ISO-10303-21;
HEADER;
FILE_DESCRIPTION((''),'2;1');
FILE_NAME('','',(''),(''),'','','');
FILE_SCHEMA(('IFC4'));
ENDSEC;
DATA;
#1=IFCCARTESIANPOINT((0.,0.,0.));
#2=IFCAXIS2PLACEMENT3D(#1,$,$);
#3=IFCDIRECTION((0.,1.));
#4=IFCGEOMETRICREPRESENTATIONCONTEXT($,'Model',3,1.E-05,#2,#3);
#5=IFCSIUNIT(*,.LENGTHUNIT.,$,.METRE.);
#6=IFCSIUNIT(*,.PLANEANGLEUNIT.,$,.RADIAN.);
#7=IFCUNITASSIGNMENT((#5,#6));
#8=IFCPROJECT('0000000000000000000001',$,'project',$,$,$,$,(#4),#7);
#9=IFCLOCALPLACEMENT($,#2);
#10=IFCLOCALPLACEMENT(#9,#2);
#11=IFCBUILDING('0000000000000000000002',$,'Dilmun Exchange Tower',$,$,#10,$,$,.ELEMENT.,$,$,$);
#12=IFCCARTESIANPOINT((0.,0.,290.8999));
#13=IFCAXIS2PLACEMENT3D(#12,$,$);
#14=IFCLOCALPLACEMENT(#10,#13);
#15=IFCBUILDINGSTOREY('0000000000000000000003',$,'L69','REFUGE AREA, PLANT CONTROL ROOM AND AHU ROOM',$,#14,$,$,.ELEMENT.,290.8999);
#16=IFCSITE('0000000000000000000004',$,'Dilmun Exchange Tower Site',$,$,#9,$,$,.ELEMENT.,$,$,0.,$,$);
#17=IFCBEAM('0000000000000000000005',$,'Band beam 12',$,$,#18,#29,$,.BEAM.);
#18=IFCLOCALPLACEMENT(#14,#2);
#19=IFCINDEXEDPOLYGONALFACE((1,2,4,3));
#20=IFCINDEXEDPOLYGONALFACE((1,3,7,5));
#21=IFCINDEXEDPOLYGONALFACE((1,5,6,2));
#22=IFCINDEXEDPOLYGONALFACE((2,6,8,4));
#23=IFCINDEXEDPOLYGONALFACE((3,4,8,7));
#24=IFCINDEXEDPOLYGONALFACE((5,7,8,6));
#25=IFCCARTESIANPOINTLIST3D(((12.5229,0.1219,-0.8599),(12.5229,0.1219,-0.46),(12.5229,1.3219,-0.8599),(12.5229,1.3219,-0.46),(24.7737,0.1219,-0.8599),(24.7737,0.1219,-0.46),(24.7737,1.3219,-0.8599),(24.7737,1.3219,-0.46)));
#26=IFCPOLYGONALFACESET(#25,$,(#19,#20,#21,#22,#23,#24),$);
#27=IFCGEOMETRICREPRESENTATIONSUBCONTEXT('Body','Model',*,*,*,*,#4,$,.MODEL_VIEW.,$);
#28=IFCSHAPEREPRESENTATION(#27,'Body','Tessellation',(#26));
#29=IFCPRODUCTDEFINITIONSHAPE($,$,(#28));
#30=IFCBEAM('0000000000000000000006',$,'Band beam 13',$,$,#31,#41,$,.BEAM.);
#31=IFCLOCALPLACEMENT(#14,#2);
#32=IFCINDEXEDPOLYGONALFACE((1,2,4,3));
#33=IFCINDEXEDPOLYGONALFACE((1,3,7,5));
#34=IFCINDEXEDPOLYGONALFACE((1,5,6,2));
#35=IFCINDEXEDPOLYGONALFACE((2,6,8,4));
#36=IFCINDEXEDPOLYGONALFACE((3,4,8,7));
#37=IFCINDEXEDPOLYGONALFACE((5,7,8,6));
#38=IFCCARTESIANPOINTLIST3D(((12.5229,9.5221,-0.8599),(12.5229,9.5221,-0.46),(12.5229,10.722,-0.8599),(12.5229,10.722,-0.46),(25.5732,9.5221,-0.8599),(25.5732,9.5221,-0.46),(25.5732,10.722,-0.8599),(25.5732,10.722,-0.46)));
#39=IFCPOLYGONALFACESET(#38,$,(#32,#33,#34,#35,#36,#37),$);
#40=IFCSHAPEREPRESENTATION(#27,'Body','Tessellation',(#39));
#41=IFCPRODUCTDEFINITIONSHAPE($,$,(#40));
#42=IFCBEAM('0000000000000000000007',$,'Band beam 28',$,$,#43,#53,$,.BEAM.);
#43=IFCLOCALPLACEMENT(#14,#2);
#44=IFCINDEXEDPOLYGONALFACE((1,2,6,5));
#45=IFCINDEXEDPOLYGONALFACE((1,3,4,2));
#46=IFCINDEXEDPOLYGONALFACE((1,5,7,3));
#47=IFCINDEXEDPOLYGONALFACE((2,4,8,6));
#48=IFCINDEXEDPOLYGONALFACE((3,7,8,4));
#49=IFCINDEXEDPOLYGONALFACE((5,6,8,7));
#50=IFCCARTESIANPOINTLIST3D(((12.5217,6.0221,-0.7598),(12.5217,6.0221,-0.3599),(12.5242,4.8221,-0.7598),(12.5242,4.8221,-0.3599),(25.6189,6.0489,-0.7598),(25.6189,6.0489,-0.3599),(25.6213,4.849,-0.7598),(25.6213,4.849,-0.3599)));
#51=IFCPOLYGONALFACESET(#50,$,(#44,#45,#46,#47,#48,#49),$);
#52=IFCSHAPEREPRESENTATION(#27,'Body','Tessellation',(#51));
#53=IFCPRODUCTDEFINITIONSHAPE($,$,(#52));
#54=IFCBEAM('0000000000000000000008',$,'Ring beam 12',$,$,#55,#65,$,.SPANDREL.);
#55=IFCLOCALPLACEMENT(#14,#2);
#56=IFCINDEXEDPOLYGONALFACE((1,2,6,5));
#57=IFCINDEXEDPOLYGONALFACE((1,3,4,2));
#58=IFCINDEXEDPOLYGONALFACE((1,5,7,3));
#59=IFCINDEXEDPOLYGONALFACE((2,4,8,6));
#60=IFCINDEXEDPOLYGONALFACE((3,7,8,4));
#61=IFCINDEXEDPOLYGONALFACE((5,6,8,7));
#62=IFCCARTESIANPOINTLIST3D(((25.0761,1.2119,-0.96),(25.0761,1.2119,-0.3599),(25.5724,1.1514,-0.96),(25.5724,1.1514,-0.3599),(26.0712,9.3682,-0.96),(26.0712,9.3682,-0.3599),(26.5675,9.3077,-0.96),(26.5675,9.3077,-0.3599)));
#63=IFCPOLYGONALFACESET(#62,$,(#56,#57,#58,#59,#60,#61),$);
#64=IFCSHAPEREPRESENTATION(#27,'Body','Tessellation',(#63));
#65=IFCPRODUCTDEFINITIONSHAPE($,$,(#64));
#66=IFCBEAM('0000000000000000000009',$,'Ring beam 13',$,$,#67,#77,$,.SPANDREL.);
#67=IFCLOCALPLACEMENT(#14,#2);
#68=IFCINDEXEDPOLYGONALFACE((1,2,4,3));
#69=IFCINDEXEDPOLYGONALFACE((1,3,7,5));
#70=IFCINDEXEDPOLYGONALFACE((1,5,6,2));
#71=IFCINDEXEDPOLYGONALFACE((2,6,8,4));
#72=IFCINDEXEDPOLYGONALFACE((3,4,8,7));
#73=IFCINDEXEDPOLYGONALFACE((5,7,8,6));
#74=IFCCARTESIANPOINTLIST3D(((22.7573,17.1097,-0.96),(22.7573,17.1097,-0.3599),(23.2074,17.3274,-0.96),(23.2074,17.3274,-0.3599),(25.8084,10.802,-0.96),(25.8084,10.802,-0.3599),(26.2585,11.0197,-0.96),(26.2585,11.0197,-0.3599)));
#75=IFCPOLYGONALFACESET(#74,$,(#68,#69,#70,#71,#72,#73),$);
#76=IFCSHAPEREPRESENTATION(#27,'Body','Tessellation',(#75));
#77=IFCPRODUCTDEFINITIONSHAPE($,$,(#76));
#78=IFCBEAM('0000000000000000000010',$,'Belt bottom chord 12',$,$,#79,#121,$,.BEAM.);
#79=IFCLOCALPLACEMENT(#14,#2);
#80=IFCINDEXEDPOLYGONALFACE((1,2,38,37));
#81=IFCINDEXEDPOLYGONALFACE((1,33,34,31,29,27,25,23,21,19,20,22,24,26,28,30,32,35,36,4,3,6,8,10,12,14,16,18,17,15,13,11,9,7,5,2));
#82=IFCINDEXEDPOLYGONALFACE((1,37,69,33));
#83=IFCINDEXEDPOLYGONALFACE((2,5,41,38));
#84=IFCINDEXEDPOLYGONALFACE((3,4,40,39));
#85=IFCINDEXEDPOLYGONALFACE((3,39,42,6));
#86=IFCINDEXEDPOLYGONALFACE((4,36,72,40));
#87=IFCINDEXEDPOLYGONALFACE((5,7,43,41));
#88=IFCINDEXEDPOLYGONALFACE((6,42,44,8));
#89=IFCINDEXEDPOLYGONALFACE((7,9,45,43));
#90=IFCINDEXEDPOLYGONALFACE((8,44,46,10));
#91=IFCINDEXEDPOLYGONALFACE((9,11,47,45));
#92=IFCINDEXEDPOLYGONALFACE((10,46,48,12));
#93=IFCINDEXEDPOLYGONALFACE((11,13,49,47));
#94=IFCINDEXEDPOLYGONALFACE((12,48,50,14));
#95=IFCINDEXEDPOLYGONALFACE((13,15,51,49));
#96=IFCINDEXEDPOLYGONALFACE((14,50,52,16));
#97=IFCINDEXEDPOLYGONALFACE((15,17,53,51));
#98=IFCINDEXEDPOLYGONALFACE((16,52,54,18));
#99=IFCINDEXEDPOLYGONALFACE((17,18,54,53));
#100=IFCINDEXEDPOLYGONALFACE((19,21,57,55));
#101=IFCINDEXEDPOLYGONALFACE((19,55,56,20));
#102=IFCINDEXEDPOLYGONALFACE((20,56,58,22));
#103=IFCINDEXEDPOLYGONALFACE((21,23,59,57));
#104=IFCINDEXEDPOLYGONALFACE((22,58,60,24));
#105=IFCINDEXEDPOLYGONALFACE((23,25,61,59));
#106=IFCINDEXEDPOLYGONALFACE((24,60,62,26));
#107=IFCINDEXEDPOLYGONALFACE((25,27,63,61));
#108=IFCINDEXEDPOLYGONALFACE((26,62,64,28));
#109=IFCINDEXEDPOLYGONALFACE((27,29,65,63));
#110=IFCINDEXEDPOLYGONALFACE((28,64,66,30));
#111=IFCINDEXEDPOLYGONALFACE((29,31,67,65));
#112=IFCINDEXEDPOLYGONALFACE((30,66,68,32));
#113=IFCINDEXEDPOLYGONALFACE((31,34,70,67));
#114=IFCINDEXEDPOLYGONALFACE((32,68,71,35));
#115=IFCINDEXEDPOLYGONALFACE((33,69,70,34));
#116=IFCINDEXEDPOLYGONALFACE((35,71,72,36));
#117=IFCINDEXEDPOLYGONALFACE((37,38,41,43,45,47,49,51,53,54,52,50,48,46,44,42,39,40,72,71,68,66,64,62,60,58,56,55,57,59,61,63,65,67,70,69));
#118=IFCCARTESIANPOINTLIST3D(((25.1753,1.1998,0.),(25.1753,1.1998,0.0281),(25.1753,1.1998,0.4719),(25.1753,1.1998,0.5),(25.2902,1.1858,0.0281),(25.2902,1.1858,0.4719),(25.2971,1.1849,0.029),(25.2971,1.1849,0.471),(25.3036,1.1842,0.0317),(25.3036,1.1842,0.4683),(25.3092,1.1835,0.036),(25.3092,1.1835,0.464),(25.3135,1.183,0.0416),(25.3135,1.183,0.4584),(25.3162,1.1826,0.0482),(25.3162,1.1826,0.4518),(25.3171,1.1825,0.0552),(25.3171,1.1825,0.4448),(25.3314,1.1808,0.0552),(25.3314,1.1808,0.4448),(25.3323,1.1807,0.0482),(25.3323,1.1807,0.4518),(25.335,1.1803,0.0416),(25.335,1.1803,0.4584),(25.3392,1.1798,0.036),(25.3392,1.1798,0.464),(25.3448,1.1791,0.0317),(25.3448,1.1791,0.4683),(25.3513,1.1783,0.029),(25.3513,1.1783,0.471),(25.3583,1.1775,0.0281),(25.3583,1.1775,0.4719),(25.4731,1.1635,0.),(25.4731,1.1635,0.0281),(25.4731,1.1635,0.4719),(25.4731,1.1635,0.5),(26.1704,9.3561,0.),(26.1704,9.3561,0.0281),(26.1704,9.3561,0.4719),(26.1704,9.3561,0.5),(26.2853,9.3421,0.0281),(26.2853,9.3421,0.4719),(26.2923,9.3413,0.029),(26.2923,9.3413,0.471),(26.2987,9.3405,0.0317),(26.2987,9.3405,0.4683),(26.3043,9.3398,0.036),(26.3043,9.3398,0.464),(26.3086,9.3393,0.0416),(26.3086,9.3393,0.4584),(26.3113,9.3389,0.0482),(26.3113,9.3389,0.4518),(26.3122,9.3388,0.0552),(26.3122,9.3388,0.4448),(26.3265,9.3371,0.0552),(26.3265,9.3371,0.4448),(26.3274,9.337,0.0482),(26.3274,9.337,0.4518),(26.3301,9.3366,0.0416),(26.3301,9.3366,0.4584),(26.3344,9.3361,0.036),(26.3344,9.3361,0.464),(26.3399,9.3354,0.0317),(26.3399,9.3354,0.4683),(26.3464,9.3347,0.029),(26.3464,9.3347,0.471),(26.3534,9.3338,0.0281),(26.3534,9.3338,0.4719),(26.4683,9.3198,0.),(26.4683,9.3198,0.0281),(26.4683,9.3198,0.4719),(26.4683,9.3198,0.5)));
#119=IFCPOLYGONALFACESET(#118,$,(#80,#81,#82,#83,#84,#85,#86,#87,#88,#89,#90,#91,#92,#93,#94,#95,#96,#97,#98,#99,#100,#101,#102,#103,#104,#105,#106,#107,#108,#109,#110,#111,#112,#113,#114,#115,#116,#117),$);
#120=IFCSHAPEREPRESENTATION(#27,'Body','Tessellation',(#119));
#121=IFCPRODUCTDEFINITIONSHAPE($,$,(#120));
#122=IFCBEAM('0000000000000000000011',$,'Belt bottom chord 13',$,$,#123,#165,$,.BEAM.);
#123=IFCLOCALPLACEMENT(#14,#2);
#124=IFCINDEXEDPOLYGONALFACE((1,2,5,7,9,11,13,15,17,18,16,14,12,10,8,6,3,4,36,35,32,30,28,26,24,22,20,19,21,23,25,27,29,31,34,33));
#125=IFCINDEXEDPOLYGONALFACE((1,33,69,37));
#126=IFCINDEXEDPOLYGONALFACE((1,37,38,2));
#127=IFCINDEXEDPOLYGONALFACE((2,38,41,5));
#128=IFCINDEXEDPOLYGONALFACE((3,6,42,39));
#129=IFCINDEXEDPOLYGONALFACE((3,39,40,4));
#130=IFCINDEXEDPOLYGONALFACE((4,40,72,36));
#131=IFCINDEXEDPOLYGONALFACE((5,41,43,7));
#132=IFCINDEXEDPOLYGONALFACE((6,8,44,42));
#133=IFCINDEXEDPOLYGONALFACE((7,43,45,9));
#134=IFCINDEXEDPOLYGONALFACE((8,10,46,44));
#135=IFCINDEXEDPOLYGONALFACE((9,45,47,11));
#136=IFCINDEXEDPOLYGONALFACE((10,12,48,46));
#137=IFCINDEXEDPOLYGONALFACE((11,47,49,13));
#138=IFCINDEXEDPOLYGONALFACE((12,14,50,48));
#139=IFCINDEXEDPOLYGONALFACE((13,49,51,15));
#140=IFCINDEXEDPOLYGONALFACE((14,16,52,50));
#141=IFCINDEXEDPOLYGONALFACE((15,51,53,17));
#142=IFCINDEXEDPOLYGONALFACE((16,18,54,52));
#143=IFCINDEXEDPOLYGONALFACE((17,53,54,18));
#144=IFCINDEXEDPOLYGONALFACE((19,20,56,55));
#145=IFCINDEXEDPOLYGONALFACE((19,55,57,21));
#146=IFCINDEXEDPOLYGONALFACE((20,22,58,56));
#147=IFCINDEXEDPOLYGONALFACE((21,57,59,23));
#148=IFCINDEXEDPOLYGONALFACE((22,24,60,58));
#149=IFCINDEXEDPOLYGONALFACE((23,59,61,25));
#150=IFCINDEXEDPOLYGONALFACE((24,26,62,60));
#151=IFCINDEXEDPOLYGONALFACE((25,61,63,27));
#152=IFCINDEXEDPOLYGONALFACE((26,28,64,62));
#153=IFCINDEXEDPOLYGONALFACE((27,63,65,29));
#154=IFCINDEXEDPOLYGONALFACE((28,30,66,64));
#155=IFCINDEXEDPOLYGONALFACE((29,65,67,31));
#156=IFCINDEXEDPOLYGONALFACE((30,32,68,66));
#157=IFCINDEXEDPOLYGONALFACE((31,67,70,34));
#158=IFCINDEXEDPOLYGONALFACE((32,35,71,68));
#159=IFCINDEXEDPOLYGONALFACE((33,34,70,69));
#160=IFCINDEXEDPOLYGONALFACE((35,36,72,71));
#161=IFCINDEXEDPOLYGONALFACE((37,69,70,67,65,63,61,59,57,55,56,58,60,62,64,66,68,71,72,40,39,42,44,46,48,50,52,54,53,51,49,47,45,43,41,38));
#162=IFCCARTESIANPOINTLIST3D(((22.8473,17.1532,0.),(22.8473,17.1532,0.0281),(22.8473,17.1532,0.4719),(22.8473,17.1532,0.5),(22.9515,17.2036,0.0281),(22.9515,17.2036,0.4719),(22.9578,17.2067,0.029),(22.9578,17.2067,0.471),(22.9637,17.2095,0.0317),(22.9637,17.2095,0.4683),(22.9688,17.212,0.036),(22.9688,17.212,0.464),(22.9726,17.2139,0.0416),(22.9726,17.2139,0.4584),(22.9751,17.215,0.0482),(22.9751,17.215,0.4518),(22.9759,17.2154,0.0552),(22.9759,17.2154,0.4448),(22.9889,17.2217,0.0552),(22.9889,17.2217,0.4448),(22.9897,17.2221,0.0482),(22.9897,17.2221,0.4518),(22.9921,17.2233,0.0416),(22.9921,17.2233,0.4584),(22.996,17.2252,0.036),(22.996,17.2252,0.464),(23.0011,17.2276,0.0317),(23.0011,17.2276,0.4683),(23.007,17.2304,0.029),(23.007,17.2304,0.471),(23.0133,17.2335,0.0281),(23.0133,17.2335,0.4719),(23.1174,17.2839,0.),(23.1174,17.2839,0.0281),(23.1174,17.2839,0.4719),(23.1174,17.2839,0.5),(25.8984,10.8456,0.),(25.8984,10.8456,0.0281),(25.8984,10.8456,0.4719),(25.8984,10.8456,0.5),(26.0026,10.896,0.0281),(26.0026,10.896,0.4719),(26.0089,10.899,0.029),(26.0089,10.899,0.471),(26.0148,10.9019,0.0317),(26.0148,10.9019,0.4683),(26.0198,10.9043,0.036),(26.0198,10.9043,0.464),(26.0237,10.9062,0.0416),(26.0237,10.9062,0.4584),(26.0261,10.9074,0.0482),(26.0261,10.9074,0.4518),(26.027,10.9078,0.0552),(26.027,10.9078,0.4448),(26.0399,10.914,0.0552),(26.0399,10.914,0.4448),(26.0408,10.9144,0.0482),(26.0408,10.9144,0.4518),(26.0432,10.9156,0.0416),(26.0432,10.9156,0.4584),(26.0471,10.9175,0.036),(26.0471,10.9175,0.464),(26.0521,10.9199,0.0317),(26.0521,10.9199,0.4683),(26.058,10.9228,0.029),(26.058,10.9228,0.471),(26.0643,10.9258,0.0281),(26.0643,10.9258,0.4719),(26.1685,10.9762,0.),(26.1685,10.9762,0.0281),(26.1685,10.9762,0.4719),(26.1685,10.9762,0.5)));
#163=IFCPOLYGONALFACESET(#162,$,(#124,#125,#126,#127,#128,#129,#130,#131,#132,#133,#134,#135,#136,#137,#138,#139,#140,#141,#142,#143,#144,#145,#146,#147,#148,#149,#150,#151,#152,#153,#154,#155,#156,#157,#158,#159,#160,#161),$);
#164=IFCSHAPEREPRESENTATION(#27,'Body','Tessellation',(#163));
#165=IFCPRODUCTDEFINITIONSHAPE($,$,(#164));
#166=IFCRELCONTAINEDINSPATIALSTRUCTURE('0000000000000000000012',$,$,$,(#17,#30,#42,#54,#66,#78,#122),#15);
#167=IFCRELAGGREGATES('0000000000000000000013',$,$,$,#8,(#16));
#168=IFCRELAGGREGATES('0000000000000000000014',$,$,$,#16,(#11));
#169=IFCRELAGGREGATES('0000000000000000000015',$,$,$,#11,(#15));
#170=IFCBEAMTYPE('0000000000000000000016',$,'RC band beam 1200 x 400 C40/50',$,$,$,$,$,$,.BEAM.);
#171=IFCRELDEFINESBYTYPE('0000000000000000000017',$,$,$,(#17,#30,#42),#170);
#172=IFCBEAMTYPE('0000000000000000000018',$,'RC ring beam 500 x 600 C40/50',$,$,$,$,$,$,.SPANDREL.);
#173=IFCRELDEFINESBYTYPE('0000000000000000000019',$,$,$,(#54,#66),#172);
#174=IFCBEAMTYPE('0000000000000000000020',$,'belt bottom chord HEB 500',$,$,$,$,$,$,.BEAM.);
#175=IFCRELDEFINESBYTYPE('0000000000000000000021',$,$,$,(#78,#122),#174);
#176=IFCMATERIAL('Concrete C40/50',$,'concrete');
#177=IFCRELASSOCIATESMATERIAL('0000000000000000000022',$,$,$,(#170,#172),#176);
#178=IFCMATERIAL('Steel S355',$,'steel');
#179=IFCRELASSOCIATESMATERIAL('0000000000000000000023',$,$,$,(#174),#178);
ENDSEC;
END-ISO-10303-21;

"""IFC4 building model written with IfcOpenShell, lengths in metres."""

from ifc_helpers import new_model, si_unit, direction, frame, origin, origin_2d, place, context, subcontext, project, spatial, rectangle, i_section, extrude, material, material_profile, profile_set, type_object, element, save


model = new_model("IFC4")

# Units and contexts
model_context = context("Model", 3, precision=1e-05, world=origin(), true_north=direction((0.0, 1.0)))
body_context = subcontext(model_context, "Body", "Model", "MODEL_VIEW")
ifc_project = project(units=[si_unit("LENGTHUNIT", "METRE"), si_unit("PLANEANGLEUNIT", "RADIAN")], contexts=[model_context])

# Site, building, storey
site_placement = place(None, origin())
site = spatial("IfcSite", under=ifc_project, at=site_placement, Name="Dilmun Exchange Tower Site", CompositionType="ELEMENT", RefElevation=0.0)
building_placement = place(site_placement, origin())
building = spatial("IfcBuilding", under=site, at=building_placement, Name="Dilmun Exchange Tower", CompositionType="ELEMENT")
storey_placement = place(building_placement, frame((0.0, 0.0, 290.8999)))
storey = spatial("IfcBuildingStorey", under=building, at=storey_placement, Name="L69", Description="REFUGE AREA, PLANT CONTROL ROOM AND AHU ROOM", CompositionType="ELEMENT", Elevation=290.8999)

# Beams
ifc_material_1 = material(Name="Concrete C40/50", Category="concrete")
ifc_material_profile_1 = material_profile(ifc_material_1, rectangle(XDim=1.2, YDim=0.3999, at=origin_2d()), Name="1200 x 400")
ifc_profile_set_1 = profile_set([ifc_material_profile_1], Name="Concrete C40/50")
beam_type_1 = type_object("IfcBeamType", Name="RC band beam 1200 x 400 C40/50", PredefinedType="BEAM", material=ifc_profile_set_1)
beam_1_placement = place(storey_placement, frame((24.7737, 0.7219, -0.6599), z_axis=(-1.0, 0.0, 0.0), x_axis=(0.0, -1.0, 0.0)))
element("IfcBeam", 1, at=beam_1_placement, inside=storey, type_object=beam_type_1, Name="Band beam 12", PredefinedType="BEAM", context=body_context, shape_type="SweptSolid", body=[
    extrude(rectangle(XDim=1.2, YDim=0.3999, at=origin_2d()), origin(), (0.0, 0.0, 1.0), 12.2507),
])
beam_2_placement = place(storey_placement, frame((25.5732, 10.1221, -0.6599), z_axis=(-1.0, 0.0, 0.0), x_axis=(0.0, -1.0, 0.0)))
element("IfcBeam", 2, at=beam_2_placement, inside=storey, type_object=beam_type_1, Name="Band beam 13", PredefinedType="BEAM", context=body_context, shape_type="SweptSolid", body=[
    extrude(rectangle(XDim=1.2, YDim=0.3999, at=origin_2d()), origin(), (0.0, 0.0, 1.0), 13.0503),
])
beam_3_placement = place(storey_placement, frame((25.6201, 5.449, -0.5598), z_axis=(-0.999998, -0.00205, 0.0), x_axis=(0.00205, -0.999998, 0.0)))
element("IfcBeam", 3, at=beam_3_placement, inside=storey, type_object=beam_type_1, Name="Band beam 28", PredefinedType="BEAM", context=body_context, shape_type="SweptSolid", body=[
    extrude(rectangle(XDim=1.2, YDim=0.3999, at=origin_2d()), origin(), (0.0, 0.0, 1.0), 13.0972),
])
ifc_material_profile_2 = material_profile(ifc_material_1, rectangle(XDim=0.5, YDim=0.6001, at=origin_2d()), Name="500 x 600")
ifc_profile_set_2 = profile_set([ifc_material_profile_2], Name="Concrete C40/50")
beam_type_2 = type_object("IfcBeamType", Name="RC ring beam 500 x 600 C40/50", PredefinedType="SPANDREL", material=ifc_profile_set_2)
beam_4_placement = place(storey_placement, frame((25.3242, 1.1816, -0.6599), z_axis=(0.121109, 0.992639, 0.0), x_axis=(-0.992639, 0.121109, 0.0)))
element("IfcBeam", 4, at=beam_4_placement, inside=storey, type_object=beam_type_2, Name="Ring beam 12", PredefinedType="SPANDREL", context=body_context, shape_type="SweptSolid", body=[
    extrude(rectangle(XDim=0.5, YDim=0.6001, at=origin_2d()), origin(), (0.0, 0.0, 1.0), 8.2168),
])
beam_5_placement = place(storey_placement, frame((26.0334, 10.9109, -0.6599), z_axis=(-0.43544, 0.900218, 0.0), x_axis=(-0.900218, -0.43544, 0.0)))
element("IfcBeam", 5, at=beam_5_placement, inside=storey, type_object=beam_type_2, Name="Ring beam 13", PredefinedType="SPANDREL", context=body_context, shape_type="SweptSolid", body=[
    extrude(rectangle(XDim=0.5, YDim=0.6001, at=origin_2d()), origin(), (0.0, 0.0, 1.0), 7.0068),
])
ifc_material_2 = material(Name="Steel S355", Category="steel")
ifc_material_profile_3 = material_profile(ifc_material_2, i_section(OverallWidth=0.3, OverallDepth=0.5, WebThickness=0.0144, FlangeThickness=0.0281, FilletRadius=0.0271, at=origin_2d()), Name="HEB 500")
ifc_profile_set_3 = profile_set([ifc_material_profile_3], Name="Steel S355")
beam_type_3 = type_object("IfcBeamType", Name="belt bottom chord HEB 500", PredefinedType="BEAM", material=ifc_profile_set_3)
beam_6_placement = place(storey_placement, frame((25.3242, 1.1816, 0.25), z_axis=(0.121109, 0.992639, 0.0), x_axis=(-0.992639, 0.121109, 0.0)))
element("IfcBeam", 6, at=beam_6_placement, inside=storey, type_object=beam_type_3, Name="Belt bottom chord 12", PredefinedType="BEAM", context=body_context, shape_type="SweptSolid", body=[
    extrude(i_section(OverallWidth=0.3, OverallDepth=0.5, WebThickness=0.0144, FlangeThickness=0.0281, FilletRadius=0.0271, at=origin_2d()), origin(), (0.0, 0.0, 1.0), 8.2168),
])
beam_7_placement = place(storey_placement, frame((26.0334, 10.9109, 0.25), z_axis=(-0.43544, 0.900218, 0.0), x_axis=(-0.900218, -0.43544, 0.0)))
element("IfcBeam", 7, at=beam_7_placement, inside=storey, type_object=beam_type_3, Name="Belt bottom chord 13", PredefinedType="BEAM", context=body_context, shape_type="SweptSolid", body=[
    extrude(i_section(OverallWidth=0.3, OverallDepth=0.5, WebThickness=0.0144, FlangeThickness=0.0281, FilletRadius=0.0271, at=origin_2d()), origin(), (0.0, 0.0, 1.0), 7.0068),
])

save(model, "model.ifc")
